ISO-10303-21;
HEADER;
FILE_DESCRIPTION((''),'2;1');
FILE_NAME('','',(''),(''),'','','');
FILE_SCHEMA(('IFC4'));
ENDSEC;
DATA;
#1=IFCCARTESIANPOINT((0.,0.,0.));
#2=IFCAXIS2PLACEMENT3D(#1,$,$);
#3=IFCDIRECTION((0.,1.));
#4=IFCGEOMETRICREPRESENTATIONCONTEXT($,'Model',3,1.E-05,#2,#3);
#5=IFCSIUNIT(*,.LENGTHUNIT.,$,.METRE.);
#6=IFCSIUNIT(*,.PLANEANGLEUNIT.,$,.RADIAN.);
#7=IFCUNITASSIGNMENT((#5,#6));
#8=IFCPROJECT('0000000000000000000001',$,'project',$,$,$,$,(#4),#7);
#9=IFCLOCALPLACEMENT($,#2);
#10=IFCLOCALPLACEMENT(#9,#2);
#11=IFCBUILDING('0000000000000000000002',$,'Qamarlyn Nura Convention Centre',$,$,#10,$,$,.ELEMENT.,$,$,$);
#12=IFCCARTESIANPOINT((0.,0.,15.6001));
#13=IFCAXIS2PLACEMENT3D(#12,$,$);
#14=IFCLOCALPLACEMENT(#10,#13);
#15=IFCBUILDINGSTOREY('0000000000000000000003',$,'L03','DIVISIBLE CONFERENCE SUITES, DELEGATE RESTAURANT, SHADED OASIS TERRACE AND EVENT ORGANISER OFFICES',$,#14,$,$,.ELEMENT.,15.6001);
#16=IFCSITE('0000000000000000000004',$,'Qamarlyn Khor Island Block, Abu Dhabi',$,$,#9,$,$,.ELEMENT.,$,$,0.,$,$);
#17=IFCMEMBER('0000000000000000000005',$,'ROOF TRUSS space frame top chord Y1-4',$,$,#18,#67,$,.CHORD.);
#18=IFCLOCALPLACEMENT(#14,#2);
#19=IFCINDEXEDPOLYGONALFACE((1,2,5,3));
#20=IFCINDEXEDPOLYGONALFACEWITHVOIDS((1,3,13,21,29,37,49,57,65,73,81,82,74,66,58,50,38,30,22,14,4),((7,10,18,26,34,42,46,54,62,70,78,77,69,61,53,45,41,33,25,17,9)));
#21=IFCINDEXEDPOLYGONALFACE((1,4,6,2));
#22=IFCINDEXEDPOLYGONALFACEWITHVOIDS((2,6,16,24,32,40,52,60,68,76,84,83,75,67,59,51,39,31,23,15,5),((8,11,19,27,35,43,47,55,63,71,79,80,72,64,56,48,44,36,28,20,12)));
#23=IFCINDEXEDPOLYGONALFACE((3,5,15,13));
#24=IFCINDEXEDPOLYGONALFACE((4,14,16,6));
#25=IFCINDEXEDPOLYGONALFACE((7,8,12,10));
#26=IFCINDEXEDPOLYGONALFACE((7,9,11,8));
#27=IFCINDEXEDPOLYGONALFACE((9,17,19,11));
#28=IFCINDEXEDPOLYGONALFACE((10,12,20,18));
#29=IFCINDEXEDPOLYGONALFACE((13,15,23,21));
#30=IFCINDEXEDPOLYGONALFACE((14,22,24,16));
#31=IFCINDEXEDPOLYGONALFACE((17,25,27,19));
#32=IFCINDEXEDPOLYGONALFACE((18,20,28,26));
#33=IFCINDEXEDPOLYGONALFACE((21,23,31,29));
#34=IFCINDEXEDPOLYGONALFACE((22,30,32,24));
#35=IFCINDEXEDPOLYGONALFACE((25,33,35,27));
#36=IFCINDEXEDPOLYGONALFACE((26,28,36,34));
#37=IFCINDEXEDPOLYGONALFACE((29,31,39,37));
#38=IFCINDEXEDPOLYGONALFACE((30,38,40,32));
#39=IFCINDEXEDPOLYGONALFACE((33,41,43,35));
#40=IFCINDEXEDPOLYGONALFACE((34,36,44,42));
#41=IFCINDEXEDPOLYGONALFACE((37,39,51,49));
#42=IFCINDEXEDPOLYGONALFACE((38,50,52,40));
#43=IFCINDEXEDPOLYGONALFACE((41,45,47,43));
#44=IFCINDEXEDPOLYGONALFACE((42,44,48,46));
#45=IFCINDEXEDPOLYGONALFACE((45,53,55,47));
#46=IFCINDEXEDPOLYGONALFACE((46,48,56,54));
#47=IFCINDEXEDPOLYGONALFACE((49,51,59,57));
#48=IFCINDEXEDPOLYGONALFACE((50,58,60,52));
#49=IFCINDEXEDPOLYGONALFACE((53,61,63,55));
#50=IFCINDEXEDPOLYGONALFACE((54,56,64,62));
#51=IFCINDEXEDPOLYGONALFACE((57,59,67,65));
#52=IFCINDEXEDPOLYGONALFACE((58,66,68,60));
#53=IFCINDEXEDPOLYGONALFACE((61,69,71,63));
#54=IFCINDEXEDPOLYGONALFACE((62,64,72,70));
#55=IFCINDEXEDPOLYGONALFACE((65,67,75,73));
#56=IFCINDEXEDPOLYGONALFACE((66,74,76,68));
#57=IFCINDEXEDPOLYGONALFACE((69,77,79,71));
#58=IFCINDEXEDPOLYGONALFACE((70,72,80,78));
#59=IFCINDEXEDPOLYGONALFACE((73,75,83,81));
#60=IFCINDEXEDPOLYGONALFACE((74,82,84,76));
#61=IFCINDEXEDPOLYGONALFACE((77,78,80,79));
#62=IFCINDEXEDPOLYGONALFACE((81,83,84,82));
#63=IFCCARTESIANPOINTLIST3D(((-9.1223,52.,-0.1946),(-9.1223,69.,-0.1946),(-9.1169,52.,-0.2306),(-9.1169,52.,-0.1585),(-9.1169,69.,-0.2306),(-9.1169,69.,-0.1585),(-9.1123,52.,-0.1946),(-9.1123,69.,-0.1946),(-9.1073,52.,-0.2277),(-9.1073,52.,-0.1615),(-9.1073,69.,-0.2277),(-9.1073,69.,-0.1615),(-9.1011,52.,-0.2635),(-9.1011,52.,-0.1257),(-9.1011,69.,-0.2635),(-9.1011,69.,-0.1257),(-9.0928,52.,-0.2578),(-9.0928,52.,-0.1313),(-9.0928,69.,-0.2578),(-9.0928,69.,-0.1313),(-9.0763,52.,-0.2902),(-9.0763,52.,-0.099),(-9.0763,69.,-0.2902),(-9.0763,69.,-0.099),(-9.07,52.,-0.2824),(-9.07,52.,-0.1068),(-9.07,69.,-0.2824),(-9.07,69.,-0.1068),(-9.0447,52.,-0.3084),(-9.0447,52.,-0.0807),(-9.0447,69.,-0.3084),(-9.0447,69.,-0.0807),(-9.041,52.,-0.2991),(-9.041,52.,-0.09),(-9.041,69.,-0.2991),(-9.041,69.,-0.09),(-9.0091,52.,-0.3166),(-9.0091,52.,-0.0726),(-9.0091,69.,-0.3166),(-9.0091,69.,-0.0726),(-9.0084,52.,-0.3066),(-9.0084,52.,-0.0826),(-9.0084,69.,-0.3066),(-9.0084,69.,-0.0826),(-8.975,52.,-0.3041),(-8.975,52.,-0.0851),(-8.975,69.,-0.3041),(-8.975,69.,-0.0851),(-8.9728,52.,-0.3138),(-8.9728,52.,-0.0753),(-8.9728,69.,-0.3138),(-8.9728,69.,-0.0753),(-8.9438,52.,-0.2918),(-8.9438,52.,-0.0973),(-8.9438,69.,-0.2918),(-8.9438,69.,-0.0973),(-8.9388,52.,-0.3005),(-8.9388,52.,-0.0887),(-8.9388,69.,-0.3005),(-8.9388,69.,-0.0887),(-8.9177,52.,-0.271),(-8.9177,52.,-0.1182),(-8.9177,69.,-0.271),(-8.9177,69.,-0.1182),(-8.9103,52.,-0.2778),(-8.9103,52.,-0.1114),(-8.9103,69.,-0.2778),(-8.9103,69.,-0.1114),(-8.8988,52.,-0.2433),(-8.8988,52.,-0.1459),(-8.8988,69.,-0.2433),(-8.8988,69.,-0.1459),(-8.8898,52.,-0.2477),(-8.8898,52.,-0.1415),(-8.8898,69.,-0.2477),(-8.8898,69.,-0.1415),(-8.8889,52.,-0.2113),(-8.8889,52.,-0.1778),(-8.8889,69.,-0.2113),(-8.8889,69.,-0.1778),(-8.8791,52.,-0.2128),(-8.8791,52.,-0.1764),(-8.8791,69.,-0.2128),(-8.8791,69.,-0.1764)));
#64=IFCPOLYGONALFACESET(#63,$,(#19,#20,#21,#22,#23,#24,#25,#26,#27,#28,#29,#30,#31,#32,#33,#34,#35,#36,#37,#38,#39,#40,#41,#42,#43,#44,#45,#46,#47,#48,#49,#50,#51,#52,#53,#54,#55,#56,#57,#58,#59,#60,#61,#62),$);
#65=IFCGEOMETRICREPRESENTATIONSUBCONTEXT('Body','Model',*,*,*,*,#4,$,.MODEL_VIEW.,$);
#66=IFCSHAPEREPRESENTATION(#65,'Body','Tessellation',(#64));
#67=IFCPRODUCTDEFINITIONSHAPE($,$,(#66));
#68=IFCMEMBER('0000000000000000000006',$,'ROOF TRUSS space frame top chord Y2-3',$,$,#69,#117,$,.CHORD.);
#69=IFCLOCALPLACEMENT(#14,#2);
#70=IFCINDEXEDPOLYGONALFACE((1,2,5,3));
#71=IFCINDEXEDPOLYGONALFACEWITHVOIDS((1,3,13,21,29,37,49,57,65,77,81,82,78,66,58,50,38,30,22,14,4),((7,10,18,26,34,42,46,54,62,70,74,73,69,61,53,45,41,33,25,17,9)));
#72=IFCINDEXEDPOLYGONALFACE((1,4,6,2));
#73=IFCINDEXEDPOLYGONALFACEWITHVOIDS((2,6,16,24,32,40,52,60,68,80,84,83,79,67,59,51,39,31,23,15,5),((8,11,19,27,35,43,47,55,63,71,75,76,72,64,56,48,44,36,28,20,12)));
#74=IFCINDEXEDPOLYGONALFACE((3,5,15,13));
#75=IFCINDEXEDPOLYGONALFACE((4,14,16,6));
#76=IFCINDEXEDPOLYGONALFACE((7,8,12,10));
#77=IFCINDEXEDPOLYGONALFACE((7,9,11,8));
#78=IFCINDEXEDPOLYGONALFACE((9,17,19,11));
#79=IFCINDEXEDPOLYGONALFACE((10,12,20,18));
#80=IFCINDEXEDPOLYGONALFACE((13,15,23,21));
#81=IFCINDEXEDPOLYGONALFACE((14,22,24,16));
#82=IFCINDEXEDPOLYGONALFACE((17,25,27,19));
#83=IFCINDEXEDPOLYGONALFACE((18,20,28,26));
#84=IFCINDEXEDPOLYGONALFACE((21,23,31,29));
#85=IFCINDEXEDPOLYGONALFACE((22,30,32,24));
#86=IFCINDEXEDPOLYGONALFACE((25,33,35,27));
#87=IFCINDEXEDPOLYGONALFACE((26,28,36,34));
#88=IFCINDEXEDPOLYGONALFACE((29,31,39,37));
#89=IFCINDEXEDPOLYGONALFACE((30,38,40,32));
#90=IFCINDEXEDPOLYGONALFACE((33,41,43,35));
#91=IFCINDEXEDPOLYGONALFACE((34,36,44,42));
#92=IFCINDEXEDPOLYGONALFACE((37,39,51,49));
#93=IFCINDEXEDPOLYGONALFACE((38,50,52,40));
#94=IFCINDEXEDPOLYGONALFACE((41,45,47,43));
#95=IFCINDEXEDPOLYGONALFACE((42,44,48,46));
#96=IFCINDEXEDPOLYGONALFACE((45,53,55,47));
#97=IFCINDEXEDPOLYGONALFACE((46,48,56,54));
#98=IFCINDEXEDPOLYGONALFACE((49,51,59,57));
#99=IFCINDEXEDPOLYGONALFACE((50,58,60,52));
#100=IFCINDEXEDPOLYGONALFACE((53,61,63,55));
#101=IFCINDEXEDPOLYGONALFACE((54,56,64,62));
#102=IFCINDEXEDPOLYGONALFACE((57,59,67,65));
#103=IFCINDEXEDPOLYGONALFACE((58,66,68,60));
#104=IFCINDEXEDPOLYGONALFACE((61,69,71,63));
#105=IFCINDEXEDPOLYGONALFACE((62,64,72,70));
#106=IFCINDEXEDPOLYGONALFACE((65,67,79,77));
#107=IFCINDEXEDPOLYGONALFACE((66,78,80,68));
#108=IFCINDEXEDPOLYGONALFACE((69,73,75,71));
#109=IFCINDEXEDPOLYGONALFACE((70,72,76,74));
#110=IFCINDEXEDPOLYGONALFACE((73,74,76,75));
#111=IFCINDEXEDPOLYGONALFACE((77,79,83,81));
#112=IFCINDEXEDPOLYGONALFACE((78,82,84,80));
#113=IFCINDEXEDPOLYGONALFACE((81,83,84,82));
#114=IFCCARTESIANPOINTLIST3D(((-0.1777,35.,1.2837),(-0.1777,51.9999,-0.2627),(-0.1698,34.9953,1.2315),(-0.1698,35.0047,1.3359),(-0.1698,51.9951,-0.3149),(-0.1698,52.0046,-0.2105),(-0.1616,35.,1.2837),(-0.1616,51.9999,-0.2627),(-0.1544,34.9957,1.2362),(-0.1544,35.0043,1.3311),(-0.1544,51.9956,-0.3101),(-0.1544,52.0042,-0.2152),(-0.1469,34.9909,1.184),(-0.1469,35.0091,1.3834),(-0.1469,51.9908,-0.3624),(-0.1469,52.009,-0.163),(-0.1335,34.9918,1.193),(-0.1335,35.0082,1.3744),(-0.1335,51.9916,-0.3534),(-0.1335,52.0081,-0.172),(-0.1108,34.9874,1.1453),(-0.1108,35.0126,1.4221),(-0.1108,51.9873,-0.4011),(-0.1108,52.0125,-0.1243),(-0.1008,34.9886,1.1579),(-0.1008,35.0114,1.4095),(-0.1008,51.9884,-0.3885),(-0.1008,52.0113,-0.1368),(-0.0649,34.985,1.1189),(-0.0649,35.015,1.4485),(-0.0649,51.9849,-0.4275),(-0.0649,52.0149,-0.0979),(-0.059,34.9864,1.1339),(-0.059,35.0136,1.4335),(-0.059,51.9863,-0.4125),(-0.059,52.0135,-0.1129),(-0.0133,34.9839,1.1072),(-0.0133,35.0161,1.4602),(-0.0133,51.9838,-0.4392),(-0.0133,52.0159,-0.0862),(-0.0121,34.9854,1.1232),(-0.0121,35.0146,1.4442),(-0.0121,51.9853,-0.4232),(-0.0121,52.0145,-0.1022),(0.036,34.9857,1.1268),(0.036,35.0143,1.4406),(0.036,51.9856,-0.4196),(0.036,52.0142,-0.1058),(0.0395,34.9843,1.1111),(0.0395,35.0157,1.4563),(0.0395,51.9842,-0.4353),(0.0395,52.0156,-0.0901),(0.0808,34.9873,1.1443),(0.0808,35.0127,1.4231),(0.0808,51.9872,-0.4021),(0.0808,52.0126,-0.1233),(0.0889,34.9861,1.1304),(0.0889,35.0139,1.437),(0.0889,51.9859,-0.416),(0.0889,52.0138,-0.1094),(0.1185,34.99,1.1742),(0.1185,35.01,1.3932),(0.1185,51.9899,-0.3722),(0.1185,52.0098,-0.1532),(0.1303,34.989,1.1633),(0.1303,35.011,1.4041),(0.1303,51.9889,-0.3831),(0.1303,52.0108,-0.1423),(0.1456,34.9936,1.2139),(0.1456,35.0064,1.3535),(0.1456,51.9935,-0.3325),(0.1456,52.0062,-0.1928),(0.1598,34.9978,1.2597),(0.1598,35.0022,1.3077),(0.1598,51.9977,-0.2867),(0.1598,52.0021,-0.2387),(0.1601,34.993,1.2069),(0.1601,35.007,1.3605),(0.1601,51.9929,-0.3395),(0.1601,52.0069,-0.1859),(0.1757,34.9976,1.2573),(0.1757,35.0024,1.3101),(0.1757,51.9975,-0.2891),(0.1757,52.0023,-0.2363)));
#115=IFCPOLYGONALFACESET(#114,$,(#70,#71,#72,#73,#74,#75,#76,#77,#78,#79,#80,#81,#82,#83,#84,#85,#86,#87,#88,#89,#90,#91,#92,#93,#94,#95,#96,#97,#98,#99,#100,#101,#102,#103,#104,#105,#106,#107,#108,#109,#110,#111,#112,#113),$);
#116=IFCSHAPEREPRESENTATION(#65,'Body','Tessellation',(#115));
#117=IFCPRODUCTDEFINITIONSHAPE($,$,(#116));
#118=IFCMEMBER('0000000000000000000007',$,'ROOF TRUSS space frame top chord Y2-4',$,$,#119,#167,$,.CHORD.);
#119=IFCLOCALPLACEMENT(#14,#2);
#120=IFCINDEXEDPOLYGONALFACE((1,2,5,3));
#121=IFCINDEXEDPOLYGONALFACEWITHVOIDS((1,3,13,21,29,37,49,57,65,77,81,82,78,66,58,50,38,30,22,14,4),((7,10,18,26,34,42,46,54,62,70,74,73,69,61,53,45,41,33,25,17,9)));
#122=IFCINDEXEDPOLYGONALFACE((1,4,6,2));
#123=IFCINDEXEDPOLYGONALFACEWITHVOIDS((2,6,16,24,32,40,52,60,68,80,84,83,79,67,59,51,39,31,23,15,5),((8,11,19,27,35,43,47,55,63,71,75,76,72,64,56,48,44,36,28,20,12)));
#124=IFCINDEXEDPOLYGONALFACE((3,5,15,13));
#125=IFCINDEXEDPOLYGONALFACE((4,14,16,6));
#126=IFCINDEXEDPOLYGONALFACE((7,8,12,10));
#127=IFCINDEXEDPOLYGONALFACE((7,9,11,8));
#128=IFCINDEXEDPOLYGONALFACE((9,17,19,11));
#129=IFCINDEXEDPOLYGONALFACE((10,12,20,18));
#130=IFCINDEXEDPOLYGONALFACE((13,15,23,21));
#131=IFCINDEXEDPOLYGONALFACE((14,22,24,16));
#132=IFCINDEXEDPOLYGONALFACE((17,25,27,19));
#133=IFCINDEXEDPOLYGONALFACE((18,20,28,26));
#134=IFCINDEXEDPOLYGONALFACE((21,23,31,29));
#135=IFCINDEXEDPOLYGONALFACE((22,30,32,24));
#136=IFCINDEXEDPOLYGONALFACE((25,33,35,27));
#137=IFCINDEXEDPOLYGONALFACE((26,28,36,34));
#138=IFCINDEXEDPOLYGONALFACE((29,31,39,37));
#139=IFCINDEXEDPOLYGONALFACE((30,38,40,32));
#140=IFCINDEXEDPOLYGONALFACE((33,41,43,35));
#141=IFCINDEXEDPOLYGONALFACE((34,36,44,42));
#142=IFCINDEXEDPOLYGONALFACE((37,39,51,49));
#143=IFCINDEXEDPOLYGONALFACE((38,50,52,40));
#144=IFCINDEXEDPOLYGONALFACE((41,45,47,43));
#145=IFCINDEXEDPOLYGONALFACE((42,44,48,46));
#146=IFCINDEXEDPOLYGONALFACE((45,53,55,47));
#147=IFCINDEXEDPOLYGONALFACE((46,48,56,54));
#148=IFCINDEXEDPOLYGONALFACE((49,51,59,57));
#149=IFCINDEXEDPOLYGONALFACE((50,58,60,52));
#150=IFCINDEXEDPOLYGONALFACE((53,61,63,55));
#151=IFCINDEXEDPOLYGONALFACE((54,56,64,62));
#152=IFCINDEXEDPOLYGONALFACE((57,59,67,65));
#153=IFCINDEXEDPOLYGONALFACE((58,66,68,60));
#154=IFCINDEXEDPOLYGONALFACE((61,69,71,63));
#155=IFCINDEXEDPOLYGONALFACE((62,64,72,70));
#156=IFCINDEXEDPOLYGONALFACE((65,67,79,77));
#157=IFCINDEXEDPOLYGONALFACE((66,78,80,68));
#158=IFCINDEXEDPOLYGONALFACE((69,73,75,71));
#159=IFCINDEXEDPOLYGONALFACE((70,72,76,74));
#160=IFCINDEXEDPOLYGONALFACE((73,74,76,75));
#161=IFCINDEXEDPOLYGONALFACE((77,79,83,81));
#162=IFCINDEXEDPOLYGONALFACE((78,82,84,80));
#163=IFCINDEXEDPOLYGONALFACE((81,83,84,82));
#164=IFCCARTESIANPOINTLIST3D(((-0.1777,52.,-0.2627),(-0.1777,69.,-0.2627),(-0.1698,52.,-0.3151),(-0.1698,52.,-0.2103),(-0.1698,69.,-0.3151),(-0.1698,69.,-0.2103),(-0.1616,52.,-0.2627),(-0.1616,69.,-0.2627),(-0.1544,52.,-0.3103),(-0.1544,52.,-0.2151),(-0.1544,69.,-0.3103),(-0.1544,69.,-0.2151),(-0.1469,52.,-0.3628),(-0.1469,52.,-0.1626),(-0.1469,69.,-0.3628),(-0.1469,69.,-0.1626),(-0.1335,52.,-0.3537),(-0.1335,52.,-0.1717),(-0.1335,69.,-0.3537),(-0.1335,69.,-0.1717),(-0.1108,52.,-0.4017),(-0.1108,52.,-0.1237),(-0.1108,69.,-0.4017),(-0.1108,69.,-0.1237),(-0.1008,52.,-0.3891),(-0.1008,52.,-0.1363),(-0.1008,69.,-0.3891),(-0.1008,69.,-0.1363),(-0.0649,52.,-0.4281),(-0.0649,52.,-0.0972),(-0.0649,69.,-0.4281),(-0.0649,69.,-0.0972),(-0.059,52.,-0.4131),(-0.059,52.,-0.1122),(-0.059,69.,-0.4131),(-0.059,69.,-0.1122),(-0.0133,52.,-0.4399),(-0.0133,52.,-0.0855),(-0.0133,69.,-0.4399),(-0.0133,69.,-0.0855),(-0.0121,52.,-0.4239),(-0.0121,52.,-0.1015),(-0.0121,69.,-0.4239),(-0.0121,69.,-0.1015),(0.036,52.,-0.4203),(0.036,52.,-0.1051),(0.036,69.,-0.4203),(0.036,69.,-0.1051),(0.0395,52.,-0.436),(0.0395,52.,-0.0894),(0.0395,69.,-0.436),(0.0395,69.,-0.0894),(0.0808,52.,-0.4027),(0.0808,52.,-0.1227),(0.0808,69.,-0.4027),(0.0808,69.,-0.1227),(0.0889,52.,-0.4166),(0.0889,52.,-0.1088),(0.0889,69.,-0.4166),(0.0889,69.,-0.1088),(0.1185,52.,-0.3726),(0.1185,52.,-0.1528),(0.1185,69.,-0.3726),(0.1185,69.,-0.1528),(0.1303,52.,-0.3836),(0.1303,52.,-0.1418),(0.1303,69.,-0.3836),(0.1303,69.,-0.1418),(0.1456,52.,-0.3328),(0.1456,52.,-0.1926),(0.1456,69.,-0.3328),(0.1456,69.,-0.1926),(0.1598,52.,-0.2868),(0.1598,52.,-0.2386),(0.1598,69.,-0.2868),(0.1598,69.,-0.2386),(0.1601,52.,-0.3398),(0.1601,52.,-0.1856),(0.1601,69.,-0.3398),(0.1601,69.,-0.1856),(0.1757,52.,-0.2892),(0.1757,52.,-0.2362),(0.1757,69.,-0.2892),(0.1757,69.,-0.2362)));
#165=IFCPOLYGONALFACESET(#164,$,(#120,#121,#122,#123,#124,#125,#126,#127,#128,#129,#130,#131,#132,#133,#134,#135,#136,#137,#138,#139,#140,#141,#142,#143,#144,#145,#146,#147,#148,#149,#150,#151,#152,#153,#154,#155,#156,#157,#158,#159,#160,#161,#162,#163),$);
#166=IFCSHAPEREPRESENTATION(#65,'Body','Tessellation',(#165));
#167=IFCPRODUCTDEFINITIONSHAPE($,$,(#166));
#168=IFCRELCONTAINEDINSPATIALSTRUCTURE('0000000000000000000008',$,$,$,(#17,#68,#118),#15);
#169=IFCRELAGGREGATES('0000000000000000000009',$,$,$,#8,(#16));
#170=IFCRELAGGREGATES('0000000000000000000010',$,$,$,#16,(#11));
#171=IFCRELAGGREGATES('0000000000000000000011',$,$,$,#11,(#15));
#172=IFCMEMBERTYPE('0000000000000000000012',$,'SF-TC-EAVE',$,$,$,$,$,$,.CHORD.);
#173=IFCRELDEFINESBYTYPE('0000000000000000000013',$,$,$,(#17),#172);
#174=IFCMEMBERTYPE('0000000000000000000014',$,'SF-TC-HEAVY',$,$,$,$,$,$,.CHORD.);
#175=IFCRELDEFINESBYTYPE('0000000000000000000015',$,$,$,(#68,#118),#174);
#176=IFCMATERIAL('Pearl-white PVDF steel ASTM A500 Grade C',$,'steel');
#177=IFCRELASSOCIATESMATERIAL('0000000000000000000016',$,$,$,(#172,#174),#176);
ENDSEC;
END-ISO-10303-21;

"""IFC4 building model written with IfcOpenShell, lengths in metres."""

from ifc_helpers import new_model, si_unit, direction, frame, origin, origin_2d, place, context, subcontext, project, spatial, hollow_circle, extrude, material, material_profile, profile_set, type_object, element, save


model = new_model("IFC4")

# Units and contexts
model_context = context("Model", 3, precision=1e-05, world=origin(), true_north=direction((0.0, 1.0)))
body_context = subcontext(model_context, "Body", "Model", "MODEL_VIEW")
ifc_project = project(units=[si_unit("LENGTHUNIT", "METRE"), si_unit("PLANEANGLEUNIT", "RADIAN")], contexts=[model_context])

# Site, building, storey
site_placement = place(None, origin())
site = spatial("IfcSite", under=ifc_project, at=site_placement, Name="Qamarlyn Khor Island Block, Abu Dhabi", CompositionType="ELEMENT", RefElevation=0.0)
building_placement = place(site_placement, origin())
building = spatial("IfcBuilding", under=site, at=building_placement, Name="Qamarlyn Nura Convention Centre", CompositionType="ELEMENT")
storey_placement = place(building_placement, frame((0.0, 0.0, 15.6001)))
storey = spatial("IfcBuildingStorey", under=building, at=storey_placement, Name="L03", Description="DIVISIBLE CONFERENCE SUITES, DELEGATE RESTAURANT, SHADED OASIS TERRACE AND EVENT ORGANISER OFFICES", CompositionType="ELEMENT", Elevation=15.6001)

# Members
ifc_material_1 = material(Name="Pearl-white PVDF steel ASTM A500 Grade C", Category="steel")
ifc_material_profile_1 = material_profile(ifc_material_1, hollow_circle(Radius=0.1223, WallThickness=0.01, at=origin_2d()), Name="CHS244.5X10")
ifc_profile_set_1 = profile_set([ifc_material_profile_1], Name="Pearl-white PVDF steel ASTM A500 Grade C")
member_type_1 = type_object("IfcMemberType", Name="SF-TC-EAVE", PredefinedType="CHORD", material=ifc_profile_set_1)
member_1_placement = place(storey_placement, frame((-9.0, 52.0, -0.1946), z_axis=(0.0, 1.0, 0.0), x_axis=(-1.0, 0.0, 0.0)))
element("IfcMember", 1, at=member_1_placement, inside=storey, type_object=member_type_1, Name="ROOF TRUSS space frame top chord Y1-4", PredefinedType="CHORD", context=body_context, shape_type="SweptSolid", body=[
    extrude(hollow_circle(Radius=0.1223, WallThickness=0.01, at=origin_2d()), origin(), (0.0, 0.0, 1.0), 17.0),
])
ifc_material_profile_2 = material_profile(ifc_material_1, hollow_circle(Radius=0.1777, WallThickness=0.0161, at=origin_2d()), Name="CHS355.6X16")
ifc_profile_set_2 = profile_set([ifc_material_profile_2], Name="Pearl-white PVDF steel ASTM A500 Grade C")
member_type_2 = type_object("IfcMemberType", Name="SF-TC-HEAVY", PredefinedType="CHORD", material=ifc_profile_set_2)
member_2_placement = place(storey_placement, frame((0.0, 35.0, 1.2837), z_axis=(0.0, 0.995888, -0.09059), x_axis=(-1.0, 0.0, 0.0)))
element("IfcMember", 2, at=member_2_placement, inside=storey, type_object=member_type_2, Name="ROOF TRUSS space frame top chord Y2-3", PredefinedType="CHORD", context=body_context, shape_type="SweptSolid", body=[
    extrude(hollow_circle(Radius=0.1777, WallThickness=0.0161, at=origin_2d()), origin(), (0.0, 0.0, 1.0), 17.0701),
])
member_3_placement = place(storey_placement, frame((0.0, 52.0, -0.2627), z_axis=(0.0, 1.0, 0.0), x_axis=(-1.0, 0.0, 0.0)))
element("IfcMember", 3, at=member_3_placement, inside=storey, type_object=member_type_2, Name="ROOF TRUSS space frame top chord Y2-4", PredefinedType="CHORD", context=body_context, shape_type="SweptSolid", body=[
    extrude(hollow_circle(Radius=0.1777, WallThickness=0.0161, at=origin_2d()), origin(), (0.0, 0.0, 1.0), 17.0),
])

save(model, "model.ifc")
